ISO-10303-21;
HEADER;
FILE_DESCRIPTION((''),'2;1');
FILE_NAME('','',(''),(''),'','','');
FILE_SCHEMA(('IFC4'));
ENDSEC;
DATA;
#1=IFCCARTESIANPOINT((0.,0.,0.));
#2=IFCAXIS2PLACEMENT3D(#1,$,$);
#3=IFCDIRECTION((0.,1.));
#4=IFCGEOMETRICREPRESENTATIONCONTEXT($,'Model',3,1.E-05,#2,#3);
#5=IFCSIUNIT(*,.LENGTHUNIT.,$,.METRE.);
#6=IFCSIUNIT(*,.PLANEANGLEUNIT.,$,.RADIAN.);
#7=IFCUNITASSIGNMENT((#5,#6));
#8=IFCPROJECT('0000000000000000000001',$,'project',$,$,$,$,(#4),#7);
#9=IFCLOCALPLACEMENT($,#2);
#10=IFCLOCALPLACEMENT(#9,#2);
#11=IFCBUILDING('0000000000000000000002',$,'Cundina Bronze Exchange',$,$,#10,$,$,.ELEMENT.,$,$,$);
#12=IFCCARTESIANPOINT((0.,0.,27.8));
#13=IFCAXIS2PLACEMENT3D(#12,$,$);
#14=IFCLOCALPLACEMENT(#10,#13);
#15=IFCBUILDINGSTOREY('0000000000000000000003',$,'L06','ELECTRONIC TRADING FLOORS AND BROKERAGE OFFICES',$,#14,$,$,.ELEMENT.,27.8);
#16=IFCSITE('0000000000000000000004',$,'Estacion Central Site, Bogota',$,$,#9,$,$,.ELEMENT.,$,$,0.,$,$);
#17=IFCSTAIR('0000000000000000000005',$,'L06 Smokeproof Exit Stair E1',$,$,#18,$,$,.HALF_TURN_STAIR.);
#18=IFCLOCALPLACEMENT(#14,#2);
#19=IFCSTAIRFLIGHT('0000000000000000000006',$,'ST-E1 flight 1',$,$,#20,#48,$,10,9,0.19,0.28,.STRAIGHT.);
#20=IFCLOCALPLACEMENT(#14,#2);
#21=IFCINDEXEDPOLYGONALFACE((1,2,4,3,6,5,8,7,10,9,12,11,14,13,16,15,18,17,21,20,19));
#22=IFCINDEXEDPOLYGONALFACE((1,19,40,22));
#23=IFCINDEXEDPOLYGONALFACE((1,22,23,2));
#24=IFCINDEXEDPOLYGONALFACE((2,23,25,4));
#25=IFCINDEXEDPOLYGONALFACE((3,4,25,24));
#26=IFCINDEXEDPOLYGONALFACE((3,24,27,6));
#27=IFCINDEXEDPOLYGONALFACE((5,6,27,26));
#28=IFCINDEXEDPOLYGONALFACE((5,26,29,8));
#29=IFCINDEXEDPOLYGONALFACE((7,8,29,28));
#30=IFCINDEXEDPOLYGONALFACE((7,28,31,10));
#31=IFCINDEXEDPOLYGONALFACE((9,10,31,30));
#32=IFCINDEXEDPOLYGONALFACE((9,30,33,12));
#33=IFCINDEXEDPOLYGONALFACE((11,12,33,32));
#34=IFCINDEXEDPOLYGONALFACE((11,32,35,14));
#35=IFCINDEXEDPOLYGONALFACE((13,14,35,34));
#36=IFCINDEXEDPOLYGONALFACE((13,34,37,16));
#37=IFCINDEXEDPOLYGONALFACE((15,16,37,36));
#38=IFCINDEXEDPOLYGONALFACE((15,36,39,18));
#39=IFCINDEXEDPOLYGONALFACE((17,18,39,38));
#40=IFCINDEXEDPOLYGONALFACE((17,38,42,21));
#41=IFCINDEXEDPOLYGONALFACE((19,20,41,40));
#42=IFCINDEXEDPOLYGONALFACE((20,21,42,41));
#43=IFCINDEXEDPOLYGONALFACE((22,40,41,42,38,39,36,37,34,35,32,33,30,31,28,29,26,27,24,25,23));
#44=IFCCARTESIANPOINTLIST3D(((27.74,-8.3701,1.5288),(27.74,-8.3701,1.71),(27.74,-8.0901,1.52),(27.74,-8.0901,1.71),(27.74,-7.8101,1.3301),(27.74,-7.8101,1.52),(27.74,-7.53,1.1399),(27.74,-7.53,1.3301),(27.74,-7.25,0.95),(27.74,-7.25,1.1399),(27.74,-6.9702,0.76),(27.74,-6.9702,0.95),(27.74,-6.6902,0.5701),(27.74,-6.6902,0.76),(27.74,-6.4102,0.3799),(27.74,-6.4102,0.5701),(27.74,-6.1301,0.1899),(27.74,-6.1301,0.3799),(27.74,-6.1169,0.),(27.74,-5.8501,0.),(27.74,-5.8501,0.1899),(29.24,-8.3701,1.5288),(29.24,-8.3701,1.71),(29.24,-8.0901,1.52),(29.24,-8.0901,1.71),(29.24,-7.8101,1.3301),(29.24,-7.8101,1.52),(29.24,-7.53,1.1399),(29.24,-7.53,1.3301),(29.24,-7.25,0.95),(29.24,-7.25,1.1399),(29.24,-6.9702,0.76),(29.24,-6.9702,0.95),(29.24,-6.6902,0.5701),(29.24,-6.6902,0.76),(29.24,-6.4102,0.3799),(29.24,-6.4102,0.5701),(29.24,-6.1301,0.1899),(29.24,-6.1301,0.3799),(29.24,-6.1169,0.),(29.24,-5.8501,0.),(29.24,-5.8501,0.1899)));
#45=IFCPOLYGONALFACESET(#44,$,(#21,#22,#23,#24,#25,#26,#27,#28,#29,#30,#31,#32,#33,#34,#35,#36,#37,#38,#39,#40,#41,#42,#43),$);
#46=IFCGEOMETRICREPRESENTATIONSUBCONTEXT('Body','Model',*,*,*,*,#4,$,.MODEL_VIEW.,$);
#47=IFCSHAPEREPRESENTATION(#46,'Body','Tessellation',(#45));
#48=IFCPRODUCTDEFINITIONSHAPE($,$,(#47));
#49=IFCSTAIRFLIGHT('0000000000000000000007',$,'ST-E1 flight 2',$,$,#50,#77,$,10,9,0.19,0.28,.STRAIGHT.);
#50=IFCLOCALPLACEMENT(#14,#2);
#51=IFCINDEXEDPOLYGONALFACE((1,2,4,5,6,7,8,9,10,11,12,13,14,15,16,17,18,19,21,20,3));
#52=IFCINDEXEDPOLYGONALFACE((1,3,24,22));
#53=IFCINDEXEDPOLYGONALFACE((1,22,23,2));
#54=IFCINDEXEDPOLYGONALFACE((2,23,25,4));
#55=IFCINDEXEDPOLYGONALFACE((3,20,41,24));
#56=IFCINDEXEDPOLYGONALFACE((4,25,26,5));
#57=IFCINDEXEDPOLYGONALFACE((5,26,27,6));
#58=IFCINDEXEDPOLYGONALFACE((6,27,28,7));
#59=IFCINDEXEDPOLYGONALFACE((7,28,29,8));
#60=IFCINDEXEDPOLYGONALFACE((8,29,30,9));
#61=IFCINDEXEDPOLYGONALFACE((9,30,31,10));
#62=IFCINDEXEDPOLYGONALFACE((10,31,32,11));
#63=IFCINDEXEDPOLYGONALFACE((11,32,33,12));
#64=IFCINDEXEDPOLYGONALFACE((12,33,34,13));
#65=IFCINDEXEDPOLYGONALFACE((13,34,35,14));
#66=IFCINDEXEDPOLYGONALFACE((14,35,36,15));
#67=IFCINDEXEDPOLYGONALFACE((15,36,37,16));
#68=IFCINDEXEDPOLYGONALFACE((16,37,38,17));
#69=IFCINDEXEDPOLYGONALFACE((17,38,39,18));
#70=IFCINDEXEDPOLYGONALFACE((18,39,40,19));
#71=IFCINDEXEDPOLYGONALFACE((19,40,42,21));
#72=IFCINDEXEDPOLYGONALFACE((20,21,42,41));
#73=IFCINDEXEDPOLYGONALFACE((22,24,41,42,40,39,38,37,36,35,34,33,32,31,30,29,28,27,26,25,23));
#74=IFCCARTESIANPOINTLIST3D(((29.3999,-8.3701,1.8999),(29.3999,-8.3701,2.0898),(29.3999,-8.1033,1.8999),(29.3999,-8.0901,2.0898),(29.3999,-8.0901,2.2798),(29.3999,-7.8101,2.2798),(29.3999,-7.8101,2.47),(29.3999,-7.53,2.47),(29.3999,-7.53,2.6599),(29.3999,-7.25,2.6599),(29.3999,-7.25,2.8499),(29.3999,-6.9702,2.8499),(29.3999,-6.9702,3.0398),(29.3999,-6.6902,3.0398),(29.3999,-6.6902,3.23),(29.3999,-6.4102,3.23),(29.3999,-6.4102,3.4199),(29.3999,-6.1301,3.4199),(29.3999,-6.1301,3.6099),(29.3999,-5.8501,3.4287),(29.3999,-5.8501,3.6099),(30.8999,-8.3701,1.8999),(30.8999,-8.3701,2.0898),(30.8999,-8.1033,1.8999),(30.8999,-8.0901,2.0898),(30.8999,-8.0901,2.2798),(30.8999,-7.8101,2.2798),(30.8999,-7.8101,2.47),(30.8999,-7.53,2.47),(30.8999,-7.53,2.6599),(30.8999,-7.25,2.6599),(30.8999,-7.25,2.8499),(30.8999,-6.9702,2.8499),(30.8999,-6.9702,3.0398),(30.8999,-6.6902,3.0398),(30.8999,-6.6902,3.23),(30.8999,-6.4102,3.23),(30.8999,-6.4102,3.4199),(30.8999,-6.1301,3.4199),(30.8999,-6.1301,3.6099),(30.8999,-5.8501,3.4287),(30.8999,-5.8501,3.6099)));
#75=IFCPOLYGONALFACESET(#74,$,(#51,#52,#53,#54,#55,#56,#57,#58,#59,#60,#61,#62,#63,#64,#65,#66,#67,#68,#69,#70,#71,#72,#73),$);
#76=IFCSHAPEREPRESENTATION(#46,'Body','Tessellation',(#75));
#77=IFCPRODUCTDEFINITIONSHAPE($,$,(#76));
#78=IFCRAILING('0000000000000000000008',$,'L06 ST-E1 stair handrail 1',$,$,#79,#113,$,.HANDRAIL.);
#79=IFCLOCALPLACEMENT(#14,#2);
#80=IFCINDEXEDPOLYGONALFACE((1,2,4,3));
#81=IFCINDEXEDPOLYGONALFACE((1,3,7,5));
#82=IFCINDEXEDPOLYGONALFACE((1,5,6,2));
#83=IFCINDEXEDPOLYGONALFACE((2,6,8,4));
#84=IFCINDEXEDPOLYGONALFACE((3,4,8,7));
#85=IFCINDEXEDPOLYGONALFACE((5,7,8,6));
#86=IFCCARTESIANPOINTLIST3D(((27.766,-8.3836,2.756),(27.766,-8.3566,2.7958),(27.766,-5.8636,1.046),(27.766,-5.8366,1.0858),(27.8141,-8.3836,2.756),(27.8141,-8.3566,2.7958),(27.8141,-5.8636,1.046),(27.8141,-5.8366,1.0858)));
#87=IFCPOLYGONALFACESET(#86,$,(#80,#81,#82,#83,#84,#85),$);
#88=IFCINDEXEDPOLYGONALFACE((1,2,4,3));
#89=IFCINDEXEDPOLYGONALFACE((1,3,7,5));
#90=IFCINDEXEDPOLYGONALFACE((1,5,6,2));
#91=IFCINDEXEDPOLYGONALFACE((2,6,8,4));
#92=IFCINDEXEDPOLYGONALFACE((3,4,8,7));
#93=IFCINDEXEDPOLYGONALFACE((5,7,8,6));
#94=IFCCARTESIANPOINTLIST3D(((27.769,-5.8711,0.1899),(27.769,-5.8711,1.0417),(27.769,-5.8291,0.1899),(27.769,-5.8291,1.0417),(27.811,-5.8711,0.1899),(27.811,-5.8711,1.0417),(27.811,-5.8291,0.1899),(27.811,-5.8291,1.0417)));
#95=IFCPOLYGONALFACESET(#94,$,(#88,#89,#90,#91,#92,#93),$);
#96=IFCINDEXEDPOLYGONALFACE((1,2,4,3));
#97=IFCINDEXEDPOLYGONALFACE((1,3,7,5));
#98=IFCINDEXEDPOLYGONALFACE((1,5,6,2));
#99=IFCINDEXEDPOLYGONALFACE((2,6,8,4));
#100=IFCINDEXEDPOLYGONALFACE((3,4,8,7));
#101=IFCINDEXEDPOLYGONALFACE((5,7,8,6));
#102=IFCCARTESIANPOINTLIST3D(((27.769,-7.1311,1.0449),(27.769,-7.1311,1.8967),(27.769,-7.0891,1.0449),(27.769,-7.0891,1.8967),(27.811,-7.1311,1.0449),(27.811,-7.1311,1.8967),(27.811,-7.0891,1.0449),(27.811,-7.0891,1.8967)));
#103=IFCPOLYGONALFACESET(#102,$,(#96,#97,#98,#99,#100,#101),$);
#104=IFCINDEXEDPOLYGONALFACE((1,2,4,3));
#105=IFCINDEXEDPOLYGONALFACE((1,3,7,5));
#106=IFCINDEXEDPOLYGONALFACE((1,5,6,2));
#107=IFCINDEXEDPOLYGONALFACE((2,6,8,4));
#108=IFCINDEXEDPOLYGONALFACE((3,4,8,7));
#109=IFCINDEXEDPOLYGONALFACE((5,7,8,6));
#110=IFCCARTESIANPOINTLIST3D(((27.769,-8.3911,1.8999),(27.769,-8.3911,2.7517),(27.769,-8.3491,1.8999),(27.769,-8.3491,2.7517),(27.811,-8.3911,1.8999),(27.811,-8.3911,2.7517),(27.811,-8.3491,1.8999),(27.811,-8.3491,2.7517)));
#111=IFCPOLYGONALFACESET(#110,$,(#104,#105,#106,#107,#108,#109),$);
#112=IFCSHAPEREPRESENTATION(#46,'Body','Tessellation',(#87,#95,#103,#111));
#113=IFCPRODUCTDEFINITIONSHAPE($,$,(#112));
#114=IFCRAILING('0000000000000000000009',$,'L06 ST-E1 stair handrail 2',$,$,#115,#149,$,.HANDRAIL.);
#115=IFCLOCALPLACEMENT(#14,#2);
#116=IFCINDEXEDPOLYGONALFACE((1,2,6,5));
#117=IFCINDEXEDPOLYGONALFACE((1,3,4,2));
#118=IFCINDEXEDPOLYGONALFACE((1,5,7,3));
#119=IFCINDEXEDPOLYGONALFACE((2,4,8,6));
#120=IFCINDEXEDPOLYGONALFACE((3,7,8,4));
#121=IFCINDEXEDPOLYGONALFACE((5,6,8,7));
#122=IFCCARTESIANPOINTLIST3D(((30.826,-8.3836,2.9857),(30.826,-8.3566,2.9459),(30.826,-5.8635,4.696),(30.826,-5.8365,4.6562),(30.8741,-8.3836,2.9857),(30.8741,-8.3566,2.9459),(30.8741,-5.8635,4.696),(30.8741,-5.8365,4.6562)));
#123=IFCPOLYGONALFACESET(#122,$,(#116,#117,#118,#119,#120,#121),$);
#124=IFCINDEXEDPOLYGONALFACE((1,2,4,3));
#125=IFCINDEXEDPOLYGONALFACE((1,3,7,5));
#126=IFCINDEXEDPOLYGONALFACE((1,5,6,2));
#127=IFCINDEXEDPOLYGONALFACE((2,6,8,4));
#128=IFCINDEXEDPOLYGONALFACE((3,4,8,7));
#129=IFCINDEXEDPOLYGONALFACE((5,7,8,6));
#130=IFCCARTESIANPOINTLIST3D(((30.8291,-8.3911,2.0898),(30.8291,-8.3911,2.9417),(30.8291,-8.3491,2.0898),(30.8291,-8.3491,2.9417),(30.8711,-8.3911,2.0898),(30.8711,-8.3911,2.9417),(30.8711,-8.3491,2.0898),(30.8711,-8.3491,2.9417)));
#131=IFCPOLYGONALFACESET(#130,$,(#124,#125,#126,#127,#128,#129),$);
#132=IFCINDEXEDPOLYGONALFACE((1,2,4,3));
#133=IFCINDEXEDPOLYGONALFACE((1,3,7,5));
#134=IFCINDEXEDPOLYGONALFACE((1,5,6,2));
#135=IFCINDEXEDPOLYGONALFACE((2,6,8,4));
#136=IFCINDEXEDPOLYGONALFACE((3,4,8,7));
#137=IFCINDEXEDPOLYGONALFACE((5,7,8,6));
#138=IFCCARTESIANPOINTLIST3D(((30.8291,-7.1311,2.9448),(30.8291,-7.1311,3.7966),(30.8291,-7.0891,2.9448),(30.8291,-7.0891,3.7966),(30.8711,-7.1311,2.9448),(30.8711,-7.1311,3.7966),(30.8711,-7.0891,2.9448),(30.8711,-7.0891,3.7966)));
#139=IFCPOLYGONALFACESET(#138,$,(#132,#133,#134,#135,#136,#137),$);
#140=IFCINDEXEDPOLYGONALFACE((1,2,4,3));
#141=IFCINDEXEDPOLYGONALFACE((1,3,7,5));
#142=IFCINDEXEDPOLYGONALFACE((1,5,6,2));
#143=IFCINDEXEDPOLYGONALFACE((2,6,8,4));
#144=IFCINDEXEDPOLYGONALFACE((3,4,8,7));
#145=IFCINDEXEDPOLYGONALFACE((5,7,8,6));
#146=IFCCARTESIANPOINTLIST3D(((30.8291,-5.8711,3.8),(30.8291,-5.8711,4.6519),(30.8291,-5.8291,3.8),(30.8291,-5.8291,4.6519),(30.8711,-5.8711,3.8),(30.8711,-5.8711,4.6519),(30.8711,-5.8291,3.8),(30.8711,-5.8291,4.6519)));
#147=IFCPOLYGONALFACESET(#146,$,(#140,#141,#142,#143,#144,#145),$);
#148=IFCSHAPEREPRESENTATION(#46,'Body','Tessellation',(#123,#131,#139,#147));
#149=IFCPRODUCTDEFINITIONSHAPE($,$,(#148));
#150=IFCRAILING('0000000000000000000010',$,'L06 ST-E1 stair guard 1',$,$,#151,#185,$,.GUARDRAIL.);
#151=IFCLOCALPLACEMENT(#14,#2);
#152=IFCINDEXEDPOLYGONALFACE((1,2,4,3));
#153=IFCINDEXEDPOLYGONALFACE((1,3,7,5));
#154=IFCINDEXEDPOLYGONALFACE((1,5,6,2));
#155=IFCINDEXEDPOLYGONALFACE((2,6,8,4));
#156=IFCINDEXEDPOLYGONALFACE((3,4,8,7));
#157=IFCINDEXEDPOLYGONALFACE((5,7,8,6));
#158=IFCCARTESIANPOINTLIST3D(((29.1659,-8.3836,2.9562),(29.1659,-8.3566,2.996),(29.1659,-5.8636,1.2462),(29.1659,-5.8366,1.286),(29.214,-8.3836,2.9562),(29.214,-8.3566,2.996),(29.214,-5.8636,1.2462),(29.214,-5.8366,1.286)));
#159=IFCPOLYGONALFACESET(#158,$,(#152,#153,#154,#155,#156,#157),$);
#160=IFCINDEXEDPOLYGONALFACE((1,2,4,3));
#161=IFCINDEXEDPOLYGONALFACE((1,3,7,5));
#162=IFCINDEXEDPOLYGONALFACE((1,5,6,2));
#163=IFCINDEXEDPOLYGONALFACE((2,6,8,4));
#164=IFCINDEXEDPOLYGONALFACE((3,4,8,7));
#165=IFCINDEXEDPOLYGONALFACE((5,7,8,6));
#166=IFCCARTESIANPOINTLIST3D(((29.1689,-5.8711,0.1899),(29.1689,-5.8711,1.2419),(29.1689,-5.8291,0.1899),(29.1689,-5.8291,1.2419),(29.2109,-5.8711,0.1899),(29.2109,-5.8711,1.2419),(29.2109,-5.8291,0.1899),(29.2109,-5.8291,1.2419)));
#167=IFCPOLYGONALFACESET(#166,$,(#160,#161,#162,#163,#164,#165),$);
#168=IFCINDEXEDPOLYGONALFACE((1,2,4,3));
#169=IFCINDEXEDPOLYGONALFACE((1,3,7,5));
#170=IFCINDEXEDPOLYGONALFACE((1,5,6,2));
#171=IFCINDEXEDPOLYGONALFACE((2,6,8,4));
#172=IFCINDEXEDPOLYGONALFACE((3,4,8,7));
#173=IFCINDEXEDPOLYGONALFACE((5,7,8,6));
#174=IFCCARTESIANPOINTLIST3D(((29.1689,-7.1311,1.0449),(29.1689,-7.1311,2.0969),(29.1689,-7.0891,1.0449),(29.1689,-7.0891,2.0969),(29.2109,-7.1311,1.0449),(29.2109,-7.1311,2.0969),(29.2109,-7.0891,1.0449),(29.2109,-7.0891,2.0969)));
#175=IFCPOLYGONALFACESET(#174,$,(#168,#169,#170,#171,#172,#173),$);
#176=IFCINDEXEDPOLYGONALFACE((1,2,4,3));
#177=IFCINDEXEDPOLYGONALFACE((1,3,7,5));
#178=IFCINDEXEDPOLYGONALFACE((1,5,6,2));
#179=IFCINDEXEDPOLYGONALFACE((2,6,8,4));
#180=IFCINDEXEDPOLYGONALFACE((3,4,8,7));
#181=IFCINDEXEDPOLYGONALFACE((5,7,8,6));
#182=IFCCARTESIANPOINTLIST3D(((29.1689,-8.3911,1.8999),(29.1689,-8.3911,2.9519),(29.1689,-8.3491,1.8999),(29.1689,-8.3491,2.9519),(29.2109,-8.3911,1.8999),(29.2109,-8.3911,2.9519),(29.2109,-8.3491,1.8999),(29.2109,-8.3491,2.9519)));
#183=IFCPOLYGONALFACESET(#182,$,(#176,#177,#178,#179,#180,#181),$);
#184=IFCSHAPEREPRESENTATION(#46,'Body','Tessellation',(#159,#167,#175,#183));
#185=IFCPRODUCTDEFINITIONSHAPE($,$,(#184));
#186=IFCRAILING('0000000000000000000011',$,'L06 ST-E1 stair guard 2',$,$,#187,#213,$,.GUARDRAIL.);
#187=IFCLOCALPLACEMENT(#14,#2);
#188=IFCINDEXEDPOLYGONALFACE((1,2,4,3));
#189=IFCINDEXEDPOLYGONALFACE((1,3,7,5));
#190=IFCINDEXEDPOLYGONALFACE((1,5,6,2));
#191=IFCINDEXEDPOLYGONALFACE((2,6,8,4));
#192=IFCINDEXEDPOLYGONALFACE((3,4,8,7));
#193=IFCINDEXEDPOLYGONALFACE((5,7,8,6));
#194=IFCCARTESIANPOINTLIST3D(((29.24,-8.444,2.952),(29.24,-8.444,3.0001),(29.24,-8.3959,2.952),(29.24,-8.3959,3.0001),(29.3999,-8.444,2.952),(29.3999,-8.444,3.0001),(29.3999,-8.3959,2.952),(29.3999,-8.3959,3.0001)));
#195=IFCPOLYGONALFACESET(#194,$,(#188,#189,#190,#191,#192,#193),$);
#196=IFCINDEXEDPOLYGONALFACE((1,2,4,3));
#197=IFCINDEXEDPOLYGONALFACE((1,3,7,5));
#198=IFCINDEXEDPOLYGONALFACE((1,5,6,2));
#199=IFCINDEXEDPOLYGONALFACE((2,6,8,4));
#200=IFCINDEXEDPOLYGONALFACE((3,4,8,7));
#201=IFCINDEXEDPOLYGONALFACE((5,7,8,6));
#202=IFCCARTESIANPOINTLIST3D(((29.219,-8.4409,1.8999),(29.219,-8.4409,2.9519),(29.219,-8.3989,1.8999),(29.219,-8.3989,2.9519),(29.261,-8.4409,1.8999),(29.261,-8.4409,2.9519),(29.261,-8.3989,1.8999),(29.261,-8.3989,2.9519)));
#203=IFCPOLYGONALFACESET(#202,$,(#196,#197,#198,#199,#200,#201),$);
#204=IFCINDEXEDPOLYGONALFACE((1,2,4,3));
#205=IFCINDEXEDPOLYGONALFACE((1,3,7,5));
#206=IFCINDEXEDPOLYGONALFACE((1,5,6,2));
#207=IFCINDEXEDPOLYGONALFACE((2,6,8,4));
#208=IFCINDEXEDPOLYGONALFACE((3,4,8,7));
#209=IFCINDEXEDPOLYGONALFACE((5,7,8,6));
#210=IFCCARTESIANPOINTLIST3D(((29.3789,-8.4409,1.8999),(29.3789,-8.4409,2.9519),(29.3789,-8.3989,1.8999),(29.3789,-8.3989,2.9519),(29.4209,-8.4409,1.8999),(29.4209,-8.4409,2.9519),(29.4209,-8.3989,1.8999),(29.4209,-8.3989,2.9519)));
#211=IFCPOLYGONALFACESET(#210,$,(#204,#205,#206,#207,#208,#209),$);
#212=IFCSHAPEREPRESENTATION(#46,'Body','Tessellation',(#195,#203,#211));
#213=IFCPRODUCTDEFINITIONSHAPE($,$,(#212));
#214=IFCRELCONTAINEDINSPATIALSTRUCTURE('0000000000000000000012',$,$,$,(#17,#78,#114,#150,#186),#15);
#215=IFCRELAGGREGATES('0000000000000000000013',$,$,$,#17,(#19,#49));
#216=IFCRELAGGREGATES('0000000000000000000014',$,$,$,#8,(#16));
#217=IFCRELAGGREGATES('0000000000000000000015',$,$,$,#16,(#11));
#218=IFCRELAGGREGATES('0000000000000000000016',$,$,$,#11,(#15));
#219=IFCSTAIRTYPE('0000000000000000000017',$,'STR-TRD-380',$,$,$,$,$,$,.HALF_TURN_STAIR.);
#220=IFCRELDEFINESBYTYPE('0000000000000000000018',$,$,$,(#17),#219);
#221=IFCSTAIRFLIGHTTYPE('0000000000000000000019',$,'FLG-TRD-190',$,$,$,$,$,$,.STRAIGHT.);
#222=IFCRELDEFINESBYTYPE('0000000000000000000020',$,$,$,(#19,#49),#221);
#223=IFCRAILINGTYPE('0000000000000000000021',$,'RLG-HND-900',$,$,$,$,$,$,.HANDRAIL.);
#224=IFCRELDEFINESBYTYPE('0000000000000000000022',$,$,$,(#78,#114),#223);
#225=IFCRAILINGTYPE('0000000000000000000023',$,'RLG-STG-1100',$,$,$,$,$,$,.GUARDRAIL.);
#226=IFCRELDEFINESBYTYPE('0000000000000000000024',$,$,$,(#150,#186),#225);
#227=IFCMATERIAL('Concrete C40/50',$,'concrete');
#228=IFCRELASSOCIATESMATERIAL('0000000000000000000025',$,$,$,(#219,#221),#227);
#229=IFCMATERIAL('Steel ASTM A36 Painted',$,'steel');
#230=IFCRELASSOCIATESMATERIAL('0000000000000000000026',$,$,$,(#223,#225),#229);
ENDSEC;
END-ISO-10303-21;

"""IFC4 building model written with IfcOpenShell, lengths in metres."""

from ifc_helpers import new_model, si_unit, direction, frame, origin, origin_2d, place, context, subcontext, project, spatial, polyline, rectangle, outline, extrude, material, type_object, element, aggregate, save


model = new_model("IFC4")

# Units and contexts
model_context = context("Model", 3, precision=1e-05, world=origin(), true_north=direction((0.0, 1.0)))
body_context = subcontext(model_context, "Body", "Model", "MODEL_VIEW")
ifc_project = project(units=[si_unit("LENGTHUNIT", "METRE"), si_unit("PLANEANGLEUNIT", "RADIAN")], contexts=[model_context])

# Site, building, storey
site_placement = place(None, origin())
site = spatial("IfcSite", under=ifc_project, at=site_placement, Name="Estacion Central Site, Bogota", CompositionType="ELEMENT", RefElevation=0.0)
building_placement = place(site_placement, origin())
building = spatial("IfcBuilding", under=site, at=building_placement, Name="Cundina Bronze Exchange", CompositionType="ELEMENT")
storey_placement = place(building_placement, frame((0.0, 0.0, 27.8)))
storey = spatial("IfcBuildingStorey", under=building, at=storey_placement, Name="L06", Description="ELECTRONIC TRADING FLOORS AND BROKERAGE OFFICES", CompositionType="ELEMENT", Elevation=27.8)

# Stair, stair flights
ifc_material_1 = material(Name="Concrete C40/50", Category="concrete")
stair_type = type_object("IfcStairType", Name="STR-TRD-380", PredefinedType="HALF_TURN_STAIR", material=ifc_material_1)
stair_placement = place(storey_placement, origin())
stair = element("IfcStair", 1, at=stair_placement, inside=storey, type_object=stair_type, Name="L06 Smokeproof Exit Stair E1", PredefinedType="HALF_TURN_STAIR")
stair_flight_type = type_object("IfcStairFlightType", Name="FLG-TRD-190", PredefinedType="STRAIGHT", material=ifc_material_1)
stair_flight_1_placement = place(storey_placement, frame((28.49, -5.8501, 0.0), z_axis=(0.0, 0.0, 1.0), x_axis=(0.0, -1.0, 0.0)))
stair_flight_1 = element("IfcStairFlight", 2, at=stair_flight_1_placement, type_object=stair_flight_type, Name="ST-E1 flight 1", NumberOfRisers=10, NumberOfTreads=9, PredefinedType="STRAIGHT", RiserHeight=0.19, TreadLength=0.28, context=body_context, shape_type="SweptSolid", body=[
    extrude(outline(polyline([(0.0, 0.0), (0.0, 0.1899), (0.28, 0.1899), (0.28, 0.3799), (0.5601, 0.3799), (0.5601, 0.5701), (0.8401, 0.5701), (0.8401, 0.76), (1.1201, 0.76), (1.1201, 0.95), (1.3999, 0.95), (1.3999, 1.1399), (1.6799, 1.1399), (1.6799, 1.3301), (1.96, 1.3301), (1.96, 1.52), (2.24, 1.52), (2.24, 1.71), (2.52, 1.71), (2.52, 1.8999), (2.52, 1.5288), (0.2668, 0.0), (0.0, 0.0)])), frame((0.0, 0.75, 0.0), z_axis=(0.0, -1.0, 0.0), x_axis=(1.0, 0.0, 0.0)), (0.0, 0.0, 1.0), 1.5),
])
stair_flight_2_placement = place(storey_placement, frame((30.1499, -8.3701, 1.8999), z_axis=(0.0, 0.0, 1.0), x_axis=(0.0, 1.0, 0.0)))
stair_flight_2 = element("IfcStairFlight", 3, at=stair_flight_2_placement, type_object=stair_flight_type, Name="ST-E1 flight 2", NumberOfRisers=10, NumberOfTreads=9, PredefinedType="STRAIGHT", RiserHeight=0.19, TreadLength=0.28, context=body_context, shape_type="SweptSolid", body=[
    extrude(outline(polyline([(0.0, 0.0), (0.0, 0.1899), (0.28, 0.1899), (0.28, 0.3799), (0.5601, 0.3799), (0.5601, 0.5701), (0.8401, 0.5701), (0.8401, 0.76), (1.1201, 0.76), (1.1201, 0.95), (1.3999, 0.95), (1.3999, 1.1399), (1.6799, 1.1399), (1.6799, 1.3301), (1.96, 1.3301), (1.96, 1.52), (2.24, 1.52), (2.24, 1.71), (2.52, 1.71), (2.52, 1.8999), (2.52, 1.5288), (0.2668, 0.0), (0.0, 0.0)])), frame((0.0, 0.75, 0.0), z_axis=(0.0, -1.0, 0.0), x_axis=(1.0, 0.0, 0.0)), (0.0, 0.0, 1.0), 1.5),
])
aggregate(stair, [stair_flight_1, stair_flight_2])

# Railings
ifc_material_2 = material(Name="Steel ASTM A36 Painted", Category="steel")
railing_type_1 = type_object("IfcRailingType", Name="RLG-HND-900", PredefinedType="HANDRAIL", material=ifc_material_2)
railing_1_placement = place(storey_placement, frame((27.79, -5.8501, 0.1899)))
element("IfcRailing", 4, at=railing_1_placement, inside=storey, type_object=railing_type_1, Name="L06 ST-E1 stair handrail 1", PredefinedType="HANDRAIL", context=body_context, shape_type="SweptSolid", body=[
    extrude(rectangle(XDim=0.0481, YDim=0.0481, at=origin_2d()), frame((0.0, 0.0, 0.876), z_axis=(0.0, -0.827484, 0.56149), x_axis=(1.0, 0.0, 0.0)), (0.0, 0.0, 1.0), 3.0454),
    extrude(rectangle(XDim=0.042, YDim=0.042, at=origin_2d()), origin(), (0.0, 0.0, 1.0), 0.8518),
    extrude(rectangle(XDim=0.042, YDim=0.042, at=origin_2d()), frame((0.0, -1.26, 0.855)), (0.0, 0.0, 1.0), 0.8518),
    extrude(rectangle(XDim=0.042, YDim=0.042, at=origin_2d()), frame((0.0, -2.52, 1.71)), (0.0, 0.0, 1.0), 0.8518),
])
railing_2_placement = place(storey_placement, frame((30.8501, -8.3701, 2.0898)))
element("IfcRailing", 5, at=railing_2_placement, inside=storey, type_object=railing_type_1, Name="L06 ST-E1 stair handrail 2", PredefinedType="HANDRAIL", context=body_context, shape_type="SweptSolid", body=[
    extrude(rectangle(XDim=0.0481, YDim=0.0481, at=origin_2d()), frame((0.0, 0.0, 0.876), z_axis=(0.0, 0.827447, 0.561545), x_axis=(-1.0, 0.0, 0.0)), (0.0, 0.0, 1.0), 3.0457),
    extrude(rectangle(XDim=0.042, YDim=0.042, at=origin_2d()), origin(), (0.0, 0.0, 1.0), 0.8518),
    extrude(rectangle(XDim=0.042, YDim=0.042, at=origin_2d()), frame((0.0, 1.26, 0.855)), (0.0, 0.0, 1.0), 0.8518),
    extrude(rectangle(XDim=0.042, YDim=0.042, at=origin_2d()), frame((0.0, 2.52, 1.7102)), (0.0, 0.0, 1.0), 0.8518),
])
railing_type_2 = type_object("IfcRailingType", Name="RLG-STG-1100", PredefinedType="GUARDRAIL", material=ifc_material_2)
railing_3_placement = place(storey_placement, frame((29.1899, -5.8501, 0.1899)))
element("IfcRailing", 6, at=railing_3_placement, inside=storey, type_object=railing_type_2, Name="L06 ST-E1 stair guard 1", PredefinedType="GUARDRAIL", context=body_context, shape_type="SweptSolid", body=[
    extrude(rectangle(XDim=0.0481, YDim=0.0481, at=origin_2d()), frame((0.0, 0.0, 1.0762), z_axis=(0.0, -0.827484, 0.56149), x_axis=(1.0, 0.0, 0.0)), (0.0, 0.0, 1.0), 3.0454),
    extrude(rectangle(XDim=0.042, YDim=0.042, at=origin_2d()), origin(), (0.0, 0.0, 1.0), 1.052),
    extrude(rectangle(XDim=0.042, YDim=0.042, at=origin_2d()), frame((0.0, -1.26, 0.855)), (0.0, 0.0, 1.0), 1.052),
    extrude(rectangle(XDim=0.042, YDim=0.042, at=origin_2d()), frame((0.0, -2.52, 1.71)), (0.0, 0.0, 1.0), 1.052),
])
railing_4_placement = place(storey_placement, frame((29.24, -8.4199, 1.8999)))
element("IfcRailing", 7, at=railing_4_placement, inside=storey, type_object=railing_type_2, Name="L06 ST-E1 stair guard 2", PredefinedType="GUARDRAIL", context=body_context, shape_type="SweptSolid", body=[
    extrude(rectangle(XDim=0.0481, YDim=0.0481, at=origin_2d()), frame((0.0, 0.0, 1.0762), z_axis=(1.0, 0.0, 0.0), x_axis=(0.0, 1.0, 0.0)), (0.0, 0.0, 1.0), 0.1599),
    extrude(rectangle(XDim=0.042, YDim=0.042, at=origin_2d()), origin(), (0.0, 0.0, 1.0), 1.052),
    extrude(rectangle(XDim=0.042, YDim=0.042, at=origin_2d()), frame((0.1599, 0.0, 0.0)), (0.0, 0.0, 1.0), 1.052),
])

save(model, "model.ifc")
